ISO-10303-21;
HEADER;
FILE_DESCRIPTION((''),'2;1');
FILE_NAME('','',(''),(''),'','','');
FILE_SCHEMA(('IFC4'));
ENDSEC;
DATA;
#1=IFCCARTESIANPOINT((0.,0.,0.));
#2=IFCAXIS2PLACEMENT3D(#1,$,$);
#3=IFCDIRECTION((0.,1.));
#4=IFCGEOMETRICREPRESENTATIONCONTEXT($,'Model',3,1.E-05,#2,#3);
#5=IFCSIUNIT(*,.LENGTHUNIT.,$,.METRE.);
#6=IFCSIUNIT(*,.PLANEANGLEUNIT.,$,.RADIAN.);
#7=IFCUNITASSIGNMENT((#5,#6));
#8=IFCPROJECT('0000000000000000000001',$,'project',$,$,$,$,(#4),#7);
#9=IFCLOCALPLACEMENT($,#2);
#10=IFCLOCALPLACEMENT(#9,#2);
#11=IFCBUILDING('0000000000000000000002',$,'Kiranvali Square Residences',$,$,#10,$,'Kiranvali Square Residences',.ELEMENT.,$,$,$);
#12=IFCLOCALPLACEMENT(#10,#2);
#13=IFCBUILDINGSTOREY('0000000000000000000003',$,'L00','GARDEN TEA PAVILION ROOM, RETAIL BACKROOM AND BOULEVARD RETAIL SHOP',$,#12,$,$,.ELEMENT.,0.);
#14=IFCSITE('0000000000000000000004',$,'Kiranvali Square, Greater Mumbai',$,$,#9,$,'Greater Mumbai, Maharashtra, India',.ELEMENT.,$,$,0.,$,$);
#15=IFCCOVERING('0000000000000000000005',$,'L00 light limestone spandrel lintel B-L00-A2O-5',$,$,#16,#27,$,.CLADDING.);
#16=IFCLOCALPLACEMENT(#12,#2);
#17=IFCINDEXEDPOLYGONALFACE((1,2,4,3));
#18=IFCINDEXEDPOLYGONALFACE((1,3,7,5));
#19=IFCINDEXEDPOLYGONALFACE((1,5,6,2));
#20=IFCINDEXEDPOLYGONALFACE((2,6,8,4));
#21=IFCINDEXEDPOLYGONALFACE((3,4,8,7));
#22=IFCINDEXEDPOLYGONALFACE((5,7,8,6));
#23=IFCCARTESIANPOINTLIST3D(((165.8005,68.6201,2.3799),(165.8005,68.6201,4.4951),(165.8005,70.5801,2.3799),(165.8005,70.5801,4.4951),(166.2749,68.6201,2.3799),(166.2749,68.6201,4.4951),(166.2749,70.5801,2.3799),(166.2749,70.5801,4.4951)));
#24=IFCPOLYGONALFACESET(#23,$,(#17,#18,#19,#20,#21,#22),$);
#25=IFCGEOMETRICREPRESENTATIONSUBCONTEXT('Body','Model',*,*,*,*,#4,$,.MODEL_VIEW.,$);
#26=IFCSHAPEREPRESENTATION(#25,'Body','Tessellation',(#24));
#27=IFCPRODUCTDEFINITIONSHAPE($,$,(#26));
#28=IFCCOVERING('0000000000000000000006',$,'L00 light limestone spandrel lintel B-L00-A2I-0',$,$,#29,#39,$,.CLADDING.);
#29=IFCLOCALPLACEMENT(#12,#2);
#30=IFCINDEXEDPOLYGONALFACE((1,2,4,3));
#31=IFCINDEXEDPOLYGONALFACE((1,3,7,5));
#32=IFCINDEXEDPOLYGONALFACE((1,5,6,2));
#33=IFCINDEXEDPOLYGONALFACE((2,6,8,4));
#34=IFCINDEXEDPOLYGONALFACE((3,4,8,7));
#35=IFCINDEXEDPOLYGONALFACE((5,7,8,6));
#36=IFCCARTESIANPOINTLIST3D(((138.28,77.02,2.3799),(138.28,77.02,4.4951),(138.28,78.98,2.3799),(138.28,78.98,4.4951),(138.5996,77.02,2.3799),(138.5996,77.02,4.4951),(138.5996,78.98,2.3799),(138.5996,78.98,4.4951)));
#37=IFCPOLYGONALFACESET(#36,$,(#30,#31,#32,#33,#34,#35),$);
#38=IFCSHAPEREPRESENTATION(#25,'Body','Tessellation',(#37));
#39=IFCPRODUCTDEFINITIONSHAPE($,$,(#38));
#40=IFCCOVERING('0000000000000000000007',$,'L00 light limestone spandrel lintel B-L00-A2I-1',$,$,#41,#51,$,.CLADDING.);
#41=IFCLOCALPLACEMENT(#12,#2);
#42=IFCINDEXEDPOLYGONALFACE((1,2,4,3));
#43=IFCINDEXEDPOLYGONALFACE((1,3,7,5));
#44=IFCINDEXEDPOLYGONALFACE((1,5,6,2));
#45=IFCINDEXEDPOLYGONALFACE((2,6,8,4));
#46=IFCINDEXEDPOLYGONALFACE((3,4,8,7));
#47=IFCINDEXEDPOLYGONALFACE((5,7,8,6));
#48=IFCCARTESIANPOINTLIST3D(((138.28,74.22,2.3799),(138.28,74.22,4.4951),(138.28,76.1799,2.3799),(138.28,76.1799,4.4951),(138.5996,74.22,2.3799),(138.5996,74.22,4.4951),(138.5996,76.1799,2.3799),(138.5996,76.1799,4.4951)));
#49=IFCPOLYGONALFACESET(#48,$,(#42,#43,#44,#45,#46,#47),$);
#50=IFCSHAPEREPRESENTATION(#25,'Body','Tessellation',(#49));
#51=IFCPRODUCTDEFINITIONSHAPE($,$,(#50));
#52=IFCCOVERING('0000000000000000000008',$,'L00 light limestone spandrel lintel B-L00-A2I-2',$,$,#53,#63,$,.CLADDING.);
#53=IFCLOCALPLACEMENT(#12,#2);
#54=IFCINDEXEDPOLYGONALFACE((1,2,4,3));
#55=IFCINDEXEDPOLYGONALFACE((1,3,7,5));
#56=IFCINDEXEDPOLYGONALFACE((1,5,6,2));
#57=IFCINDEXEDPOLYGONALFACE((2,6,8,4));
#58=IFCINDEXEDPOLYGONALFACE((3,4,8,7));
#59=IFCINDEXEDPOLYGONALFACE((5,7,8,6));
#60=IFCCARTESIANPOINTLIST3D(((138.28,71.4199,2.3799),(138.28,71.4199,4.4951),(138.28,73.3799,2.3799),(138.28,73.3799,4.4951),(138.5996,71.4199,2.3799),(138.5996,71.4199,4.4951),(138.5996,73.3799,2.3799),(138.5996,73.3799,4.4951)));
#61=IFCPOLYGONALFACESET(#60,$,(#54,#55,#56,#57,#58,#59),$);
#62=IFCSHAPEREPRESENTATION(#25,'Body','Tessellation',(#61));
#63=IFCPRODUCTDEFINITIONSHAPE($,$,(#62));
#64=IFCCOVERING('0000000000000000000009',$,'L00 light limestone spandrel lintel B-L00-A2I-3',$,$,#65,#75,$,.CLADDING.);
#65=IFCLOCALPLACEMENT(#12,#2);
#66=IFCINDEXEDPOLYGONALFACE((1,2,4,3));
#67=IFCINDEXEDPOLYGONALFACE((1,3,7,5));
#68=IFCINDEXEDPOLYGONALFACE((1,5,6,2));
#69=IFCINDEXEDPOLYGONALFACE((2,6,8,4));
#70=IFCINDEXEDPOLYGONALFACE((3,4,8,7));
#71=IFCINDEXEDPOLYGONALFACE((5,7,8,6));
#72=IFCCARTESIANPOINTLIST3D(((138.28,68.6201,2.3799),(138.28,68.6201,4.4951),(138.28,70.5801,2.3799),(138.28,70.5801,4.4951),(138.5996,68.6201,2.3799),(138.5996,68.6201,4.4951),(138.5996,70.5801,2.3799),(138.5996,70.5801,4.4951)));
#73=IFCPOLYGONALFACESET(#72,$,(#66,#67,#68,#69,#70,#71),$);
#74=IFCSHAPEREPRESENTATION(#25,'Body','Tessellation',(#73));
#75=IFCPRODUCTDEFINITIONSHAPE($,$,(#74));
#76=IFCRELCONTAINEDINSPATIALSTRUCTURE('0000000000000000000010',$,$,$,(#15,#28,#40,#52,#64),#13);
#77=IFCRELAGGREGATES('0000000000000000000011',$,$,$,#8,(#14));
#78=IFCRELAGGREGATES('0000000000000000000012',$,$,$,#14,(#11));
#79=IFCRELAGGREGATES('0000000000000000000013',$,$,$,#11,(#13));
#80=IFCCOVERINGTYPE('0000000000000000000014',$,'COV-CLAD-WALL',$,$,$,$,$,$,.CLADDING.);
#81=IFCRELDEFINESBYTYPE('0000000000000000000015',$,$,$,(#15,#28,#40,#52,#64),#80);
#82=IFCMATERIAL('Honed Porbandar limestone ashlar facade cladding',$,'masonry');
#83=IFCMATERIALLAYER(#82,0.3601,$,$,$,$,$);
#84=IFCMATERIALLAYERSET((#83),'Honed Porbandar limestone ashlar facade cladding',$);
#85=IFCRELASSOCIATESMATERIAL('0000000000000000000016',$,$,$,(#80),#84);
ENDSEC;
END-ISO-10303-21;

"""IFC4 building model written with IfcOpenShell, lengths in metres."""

from ifc_helpers import new_model, si_unit, direction, frame, origin, place, context, subcontext, project, spatial, polyline, outline, extrude, material, layer, layer_set, type_object, element, save


model = new_model("IFC4")

# Units and contexts
model_context = context("Model", 3, precision=1e-05, world=origin(), true_north=direction((0.0, 1.0)))
body_context = subcontext(model_context, "Body", "Model", "MODEL_VIEW")
ifc_project = project(units=[si_unit("LENGTHUNIT", "METRE"), si_unit("PLANEANGLEUNIT", "RADIAN")], contexts=[model_context])

# Site, building, storey
site_placement = place(None, origin())
site = spatial("IfcSite", under=ifc_project, at=site_placement, Name="Kiranvali Square, Greater Mumbai", LongName="Greater Mumbai, Maharashtra, India", CompositionType="ELEMENT", RefElevation=0.0)
building_placement = place(site_placement, origin())
building = spatial("IfcBuilding", under=site, at=building_placement, Name="Kiranvali Square Residences", LongName="Kiranvali Square Residences", CompositionType="ELEMENT")
storey_placement = place(building_placement, origin())
storey = spatial("IfcBuildingStorey", under=building, at=storey_placement, Name="L00", Description="GARDEN TEA PAVILION ROOM, RETAIL BACKROOM AND BOULEVARD RETAIL SHOP", CompositionType="ELEMENT", Elevation=0.0)

# Coverings
ifc_material = material(Name="Honed Porbandar limestone ashlar facade cladding", Category="masonry")
ifc_layer = layer(ifc_material, 0.3601)
ifc_layer_set = layer_set([ifc_layer], Name="Honed Porbandar limestone ashlar facade cladding")
covering_type = type_object("IfcCoveringType", Name="COV-CLAD-WALL", PredefinedType="CLADDING", material=ifc_layer_set)
covering_1_placement = place(storey_placement, frame((0.0, 0.0, 2.3799)))
element("IfcCovering", 1, at=covering_1_placement, inside=storey, type_object=covering_type, Name="L00 light limestone spandrel lintel B-L00-A2O-5", PredefinedType="CLADDING", context=body_context, shape_type="SweptSolid", body=[
    extrude(outline(polyline([(165.8005, 70.5801), (165.8005, 68.6201), (166.2749, 68.6201), (166.2749, 70.5801), (165.8005, 70.5801)])), origin(), (0.0, 0.0, 1.0), 2.1152),
])
covering_2_placement = place(storey_placement, frame((0.0, 0.0, 2.3799)))
element("IfcCovering", 2, at=covering_2_placement, inside=storey, type_object=covering_type, Name="L00 light limestone spandrel lintel B-L00-A2I-0", PredefinedType="CLADDING", context=body_context, shape_type="SweptSolid", body=[
    extrude(outline(polyline([(138.28, 78.98), (138.28, 77.02), (138.5996, 77.02), (138.5996, 78.98), (138.28, 78.98)])), origin(), (0.0, 0.0, 1.0), 2.1152),
])
covering_3_placement = place(storey_placement, frame((0.0, 0.0, 2.3799)))
element("IfcCovering", 3, at=covering_3_placement, inside=storey, type_object=covering_type, Name="L00 light limestone spandrel lintel B-L00-A2I-1", PredefinedType="CLADDING", context=body_context, shape_type="SweptSolid", body=[
    extrude(outline(polyline([(138.28, 76.1799), (138.28, 74.22), (138.5996, 74.22), (138.5996, 76.1799), (138.28, 76.1799)])), origin(), (0.0, 0.0, 1.0), 2.1152),
])
covering_4_placement = place(storey_placement, frame((0.0, 0.0, 2.3799)))
element("IfcCovering", 4, at=covering_4_placement, inside=storey, type_object=covering_type, Name="L00 light limestone spandrel lintel B-L00-A2I-2", PredefinedType="CLADDING", context=body_context, shape_type="SweptSolid", body=[
    extrude(outline(polyline([(138.28, 73.3799), (138.28, 71.4199), (138.5996, 71.4199), (138.5996, 73.3799), (138.28, 73.3799)])), origin(), (0.0, 0.0, 1.0), 2.1152),
])
covering_5_placement = place(storey_placement, frame((0.0, 0.0, 2.3799)))
element("IfcCovering", 5, at=covering_5_placement, inside=storey, type_object=covering_type, Name="L00 light limestone spandrel lintel B-L00-A2I-3", PredefinedType="CLADDING", context=body_context, shape_type="SweptSolid", body=[
    extrude(outline(polyline([(138.28, 70.5801), (138.28, 68.6201), (138.5996, 68.6201), (138.5996, 70.5801), (138.28, 70.5801)])), origin(), (0.0, 0.0, 1.0), 2.1152),
])

save(model, "model.ifc")
